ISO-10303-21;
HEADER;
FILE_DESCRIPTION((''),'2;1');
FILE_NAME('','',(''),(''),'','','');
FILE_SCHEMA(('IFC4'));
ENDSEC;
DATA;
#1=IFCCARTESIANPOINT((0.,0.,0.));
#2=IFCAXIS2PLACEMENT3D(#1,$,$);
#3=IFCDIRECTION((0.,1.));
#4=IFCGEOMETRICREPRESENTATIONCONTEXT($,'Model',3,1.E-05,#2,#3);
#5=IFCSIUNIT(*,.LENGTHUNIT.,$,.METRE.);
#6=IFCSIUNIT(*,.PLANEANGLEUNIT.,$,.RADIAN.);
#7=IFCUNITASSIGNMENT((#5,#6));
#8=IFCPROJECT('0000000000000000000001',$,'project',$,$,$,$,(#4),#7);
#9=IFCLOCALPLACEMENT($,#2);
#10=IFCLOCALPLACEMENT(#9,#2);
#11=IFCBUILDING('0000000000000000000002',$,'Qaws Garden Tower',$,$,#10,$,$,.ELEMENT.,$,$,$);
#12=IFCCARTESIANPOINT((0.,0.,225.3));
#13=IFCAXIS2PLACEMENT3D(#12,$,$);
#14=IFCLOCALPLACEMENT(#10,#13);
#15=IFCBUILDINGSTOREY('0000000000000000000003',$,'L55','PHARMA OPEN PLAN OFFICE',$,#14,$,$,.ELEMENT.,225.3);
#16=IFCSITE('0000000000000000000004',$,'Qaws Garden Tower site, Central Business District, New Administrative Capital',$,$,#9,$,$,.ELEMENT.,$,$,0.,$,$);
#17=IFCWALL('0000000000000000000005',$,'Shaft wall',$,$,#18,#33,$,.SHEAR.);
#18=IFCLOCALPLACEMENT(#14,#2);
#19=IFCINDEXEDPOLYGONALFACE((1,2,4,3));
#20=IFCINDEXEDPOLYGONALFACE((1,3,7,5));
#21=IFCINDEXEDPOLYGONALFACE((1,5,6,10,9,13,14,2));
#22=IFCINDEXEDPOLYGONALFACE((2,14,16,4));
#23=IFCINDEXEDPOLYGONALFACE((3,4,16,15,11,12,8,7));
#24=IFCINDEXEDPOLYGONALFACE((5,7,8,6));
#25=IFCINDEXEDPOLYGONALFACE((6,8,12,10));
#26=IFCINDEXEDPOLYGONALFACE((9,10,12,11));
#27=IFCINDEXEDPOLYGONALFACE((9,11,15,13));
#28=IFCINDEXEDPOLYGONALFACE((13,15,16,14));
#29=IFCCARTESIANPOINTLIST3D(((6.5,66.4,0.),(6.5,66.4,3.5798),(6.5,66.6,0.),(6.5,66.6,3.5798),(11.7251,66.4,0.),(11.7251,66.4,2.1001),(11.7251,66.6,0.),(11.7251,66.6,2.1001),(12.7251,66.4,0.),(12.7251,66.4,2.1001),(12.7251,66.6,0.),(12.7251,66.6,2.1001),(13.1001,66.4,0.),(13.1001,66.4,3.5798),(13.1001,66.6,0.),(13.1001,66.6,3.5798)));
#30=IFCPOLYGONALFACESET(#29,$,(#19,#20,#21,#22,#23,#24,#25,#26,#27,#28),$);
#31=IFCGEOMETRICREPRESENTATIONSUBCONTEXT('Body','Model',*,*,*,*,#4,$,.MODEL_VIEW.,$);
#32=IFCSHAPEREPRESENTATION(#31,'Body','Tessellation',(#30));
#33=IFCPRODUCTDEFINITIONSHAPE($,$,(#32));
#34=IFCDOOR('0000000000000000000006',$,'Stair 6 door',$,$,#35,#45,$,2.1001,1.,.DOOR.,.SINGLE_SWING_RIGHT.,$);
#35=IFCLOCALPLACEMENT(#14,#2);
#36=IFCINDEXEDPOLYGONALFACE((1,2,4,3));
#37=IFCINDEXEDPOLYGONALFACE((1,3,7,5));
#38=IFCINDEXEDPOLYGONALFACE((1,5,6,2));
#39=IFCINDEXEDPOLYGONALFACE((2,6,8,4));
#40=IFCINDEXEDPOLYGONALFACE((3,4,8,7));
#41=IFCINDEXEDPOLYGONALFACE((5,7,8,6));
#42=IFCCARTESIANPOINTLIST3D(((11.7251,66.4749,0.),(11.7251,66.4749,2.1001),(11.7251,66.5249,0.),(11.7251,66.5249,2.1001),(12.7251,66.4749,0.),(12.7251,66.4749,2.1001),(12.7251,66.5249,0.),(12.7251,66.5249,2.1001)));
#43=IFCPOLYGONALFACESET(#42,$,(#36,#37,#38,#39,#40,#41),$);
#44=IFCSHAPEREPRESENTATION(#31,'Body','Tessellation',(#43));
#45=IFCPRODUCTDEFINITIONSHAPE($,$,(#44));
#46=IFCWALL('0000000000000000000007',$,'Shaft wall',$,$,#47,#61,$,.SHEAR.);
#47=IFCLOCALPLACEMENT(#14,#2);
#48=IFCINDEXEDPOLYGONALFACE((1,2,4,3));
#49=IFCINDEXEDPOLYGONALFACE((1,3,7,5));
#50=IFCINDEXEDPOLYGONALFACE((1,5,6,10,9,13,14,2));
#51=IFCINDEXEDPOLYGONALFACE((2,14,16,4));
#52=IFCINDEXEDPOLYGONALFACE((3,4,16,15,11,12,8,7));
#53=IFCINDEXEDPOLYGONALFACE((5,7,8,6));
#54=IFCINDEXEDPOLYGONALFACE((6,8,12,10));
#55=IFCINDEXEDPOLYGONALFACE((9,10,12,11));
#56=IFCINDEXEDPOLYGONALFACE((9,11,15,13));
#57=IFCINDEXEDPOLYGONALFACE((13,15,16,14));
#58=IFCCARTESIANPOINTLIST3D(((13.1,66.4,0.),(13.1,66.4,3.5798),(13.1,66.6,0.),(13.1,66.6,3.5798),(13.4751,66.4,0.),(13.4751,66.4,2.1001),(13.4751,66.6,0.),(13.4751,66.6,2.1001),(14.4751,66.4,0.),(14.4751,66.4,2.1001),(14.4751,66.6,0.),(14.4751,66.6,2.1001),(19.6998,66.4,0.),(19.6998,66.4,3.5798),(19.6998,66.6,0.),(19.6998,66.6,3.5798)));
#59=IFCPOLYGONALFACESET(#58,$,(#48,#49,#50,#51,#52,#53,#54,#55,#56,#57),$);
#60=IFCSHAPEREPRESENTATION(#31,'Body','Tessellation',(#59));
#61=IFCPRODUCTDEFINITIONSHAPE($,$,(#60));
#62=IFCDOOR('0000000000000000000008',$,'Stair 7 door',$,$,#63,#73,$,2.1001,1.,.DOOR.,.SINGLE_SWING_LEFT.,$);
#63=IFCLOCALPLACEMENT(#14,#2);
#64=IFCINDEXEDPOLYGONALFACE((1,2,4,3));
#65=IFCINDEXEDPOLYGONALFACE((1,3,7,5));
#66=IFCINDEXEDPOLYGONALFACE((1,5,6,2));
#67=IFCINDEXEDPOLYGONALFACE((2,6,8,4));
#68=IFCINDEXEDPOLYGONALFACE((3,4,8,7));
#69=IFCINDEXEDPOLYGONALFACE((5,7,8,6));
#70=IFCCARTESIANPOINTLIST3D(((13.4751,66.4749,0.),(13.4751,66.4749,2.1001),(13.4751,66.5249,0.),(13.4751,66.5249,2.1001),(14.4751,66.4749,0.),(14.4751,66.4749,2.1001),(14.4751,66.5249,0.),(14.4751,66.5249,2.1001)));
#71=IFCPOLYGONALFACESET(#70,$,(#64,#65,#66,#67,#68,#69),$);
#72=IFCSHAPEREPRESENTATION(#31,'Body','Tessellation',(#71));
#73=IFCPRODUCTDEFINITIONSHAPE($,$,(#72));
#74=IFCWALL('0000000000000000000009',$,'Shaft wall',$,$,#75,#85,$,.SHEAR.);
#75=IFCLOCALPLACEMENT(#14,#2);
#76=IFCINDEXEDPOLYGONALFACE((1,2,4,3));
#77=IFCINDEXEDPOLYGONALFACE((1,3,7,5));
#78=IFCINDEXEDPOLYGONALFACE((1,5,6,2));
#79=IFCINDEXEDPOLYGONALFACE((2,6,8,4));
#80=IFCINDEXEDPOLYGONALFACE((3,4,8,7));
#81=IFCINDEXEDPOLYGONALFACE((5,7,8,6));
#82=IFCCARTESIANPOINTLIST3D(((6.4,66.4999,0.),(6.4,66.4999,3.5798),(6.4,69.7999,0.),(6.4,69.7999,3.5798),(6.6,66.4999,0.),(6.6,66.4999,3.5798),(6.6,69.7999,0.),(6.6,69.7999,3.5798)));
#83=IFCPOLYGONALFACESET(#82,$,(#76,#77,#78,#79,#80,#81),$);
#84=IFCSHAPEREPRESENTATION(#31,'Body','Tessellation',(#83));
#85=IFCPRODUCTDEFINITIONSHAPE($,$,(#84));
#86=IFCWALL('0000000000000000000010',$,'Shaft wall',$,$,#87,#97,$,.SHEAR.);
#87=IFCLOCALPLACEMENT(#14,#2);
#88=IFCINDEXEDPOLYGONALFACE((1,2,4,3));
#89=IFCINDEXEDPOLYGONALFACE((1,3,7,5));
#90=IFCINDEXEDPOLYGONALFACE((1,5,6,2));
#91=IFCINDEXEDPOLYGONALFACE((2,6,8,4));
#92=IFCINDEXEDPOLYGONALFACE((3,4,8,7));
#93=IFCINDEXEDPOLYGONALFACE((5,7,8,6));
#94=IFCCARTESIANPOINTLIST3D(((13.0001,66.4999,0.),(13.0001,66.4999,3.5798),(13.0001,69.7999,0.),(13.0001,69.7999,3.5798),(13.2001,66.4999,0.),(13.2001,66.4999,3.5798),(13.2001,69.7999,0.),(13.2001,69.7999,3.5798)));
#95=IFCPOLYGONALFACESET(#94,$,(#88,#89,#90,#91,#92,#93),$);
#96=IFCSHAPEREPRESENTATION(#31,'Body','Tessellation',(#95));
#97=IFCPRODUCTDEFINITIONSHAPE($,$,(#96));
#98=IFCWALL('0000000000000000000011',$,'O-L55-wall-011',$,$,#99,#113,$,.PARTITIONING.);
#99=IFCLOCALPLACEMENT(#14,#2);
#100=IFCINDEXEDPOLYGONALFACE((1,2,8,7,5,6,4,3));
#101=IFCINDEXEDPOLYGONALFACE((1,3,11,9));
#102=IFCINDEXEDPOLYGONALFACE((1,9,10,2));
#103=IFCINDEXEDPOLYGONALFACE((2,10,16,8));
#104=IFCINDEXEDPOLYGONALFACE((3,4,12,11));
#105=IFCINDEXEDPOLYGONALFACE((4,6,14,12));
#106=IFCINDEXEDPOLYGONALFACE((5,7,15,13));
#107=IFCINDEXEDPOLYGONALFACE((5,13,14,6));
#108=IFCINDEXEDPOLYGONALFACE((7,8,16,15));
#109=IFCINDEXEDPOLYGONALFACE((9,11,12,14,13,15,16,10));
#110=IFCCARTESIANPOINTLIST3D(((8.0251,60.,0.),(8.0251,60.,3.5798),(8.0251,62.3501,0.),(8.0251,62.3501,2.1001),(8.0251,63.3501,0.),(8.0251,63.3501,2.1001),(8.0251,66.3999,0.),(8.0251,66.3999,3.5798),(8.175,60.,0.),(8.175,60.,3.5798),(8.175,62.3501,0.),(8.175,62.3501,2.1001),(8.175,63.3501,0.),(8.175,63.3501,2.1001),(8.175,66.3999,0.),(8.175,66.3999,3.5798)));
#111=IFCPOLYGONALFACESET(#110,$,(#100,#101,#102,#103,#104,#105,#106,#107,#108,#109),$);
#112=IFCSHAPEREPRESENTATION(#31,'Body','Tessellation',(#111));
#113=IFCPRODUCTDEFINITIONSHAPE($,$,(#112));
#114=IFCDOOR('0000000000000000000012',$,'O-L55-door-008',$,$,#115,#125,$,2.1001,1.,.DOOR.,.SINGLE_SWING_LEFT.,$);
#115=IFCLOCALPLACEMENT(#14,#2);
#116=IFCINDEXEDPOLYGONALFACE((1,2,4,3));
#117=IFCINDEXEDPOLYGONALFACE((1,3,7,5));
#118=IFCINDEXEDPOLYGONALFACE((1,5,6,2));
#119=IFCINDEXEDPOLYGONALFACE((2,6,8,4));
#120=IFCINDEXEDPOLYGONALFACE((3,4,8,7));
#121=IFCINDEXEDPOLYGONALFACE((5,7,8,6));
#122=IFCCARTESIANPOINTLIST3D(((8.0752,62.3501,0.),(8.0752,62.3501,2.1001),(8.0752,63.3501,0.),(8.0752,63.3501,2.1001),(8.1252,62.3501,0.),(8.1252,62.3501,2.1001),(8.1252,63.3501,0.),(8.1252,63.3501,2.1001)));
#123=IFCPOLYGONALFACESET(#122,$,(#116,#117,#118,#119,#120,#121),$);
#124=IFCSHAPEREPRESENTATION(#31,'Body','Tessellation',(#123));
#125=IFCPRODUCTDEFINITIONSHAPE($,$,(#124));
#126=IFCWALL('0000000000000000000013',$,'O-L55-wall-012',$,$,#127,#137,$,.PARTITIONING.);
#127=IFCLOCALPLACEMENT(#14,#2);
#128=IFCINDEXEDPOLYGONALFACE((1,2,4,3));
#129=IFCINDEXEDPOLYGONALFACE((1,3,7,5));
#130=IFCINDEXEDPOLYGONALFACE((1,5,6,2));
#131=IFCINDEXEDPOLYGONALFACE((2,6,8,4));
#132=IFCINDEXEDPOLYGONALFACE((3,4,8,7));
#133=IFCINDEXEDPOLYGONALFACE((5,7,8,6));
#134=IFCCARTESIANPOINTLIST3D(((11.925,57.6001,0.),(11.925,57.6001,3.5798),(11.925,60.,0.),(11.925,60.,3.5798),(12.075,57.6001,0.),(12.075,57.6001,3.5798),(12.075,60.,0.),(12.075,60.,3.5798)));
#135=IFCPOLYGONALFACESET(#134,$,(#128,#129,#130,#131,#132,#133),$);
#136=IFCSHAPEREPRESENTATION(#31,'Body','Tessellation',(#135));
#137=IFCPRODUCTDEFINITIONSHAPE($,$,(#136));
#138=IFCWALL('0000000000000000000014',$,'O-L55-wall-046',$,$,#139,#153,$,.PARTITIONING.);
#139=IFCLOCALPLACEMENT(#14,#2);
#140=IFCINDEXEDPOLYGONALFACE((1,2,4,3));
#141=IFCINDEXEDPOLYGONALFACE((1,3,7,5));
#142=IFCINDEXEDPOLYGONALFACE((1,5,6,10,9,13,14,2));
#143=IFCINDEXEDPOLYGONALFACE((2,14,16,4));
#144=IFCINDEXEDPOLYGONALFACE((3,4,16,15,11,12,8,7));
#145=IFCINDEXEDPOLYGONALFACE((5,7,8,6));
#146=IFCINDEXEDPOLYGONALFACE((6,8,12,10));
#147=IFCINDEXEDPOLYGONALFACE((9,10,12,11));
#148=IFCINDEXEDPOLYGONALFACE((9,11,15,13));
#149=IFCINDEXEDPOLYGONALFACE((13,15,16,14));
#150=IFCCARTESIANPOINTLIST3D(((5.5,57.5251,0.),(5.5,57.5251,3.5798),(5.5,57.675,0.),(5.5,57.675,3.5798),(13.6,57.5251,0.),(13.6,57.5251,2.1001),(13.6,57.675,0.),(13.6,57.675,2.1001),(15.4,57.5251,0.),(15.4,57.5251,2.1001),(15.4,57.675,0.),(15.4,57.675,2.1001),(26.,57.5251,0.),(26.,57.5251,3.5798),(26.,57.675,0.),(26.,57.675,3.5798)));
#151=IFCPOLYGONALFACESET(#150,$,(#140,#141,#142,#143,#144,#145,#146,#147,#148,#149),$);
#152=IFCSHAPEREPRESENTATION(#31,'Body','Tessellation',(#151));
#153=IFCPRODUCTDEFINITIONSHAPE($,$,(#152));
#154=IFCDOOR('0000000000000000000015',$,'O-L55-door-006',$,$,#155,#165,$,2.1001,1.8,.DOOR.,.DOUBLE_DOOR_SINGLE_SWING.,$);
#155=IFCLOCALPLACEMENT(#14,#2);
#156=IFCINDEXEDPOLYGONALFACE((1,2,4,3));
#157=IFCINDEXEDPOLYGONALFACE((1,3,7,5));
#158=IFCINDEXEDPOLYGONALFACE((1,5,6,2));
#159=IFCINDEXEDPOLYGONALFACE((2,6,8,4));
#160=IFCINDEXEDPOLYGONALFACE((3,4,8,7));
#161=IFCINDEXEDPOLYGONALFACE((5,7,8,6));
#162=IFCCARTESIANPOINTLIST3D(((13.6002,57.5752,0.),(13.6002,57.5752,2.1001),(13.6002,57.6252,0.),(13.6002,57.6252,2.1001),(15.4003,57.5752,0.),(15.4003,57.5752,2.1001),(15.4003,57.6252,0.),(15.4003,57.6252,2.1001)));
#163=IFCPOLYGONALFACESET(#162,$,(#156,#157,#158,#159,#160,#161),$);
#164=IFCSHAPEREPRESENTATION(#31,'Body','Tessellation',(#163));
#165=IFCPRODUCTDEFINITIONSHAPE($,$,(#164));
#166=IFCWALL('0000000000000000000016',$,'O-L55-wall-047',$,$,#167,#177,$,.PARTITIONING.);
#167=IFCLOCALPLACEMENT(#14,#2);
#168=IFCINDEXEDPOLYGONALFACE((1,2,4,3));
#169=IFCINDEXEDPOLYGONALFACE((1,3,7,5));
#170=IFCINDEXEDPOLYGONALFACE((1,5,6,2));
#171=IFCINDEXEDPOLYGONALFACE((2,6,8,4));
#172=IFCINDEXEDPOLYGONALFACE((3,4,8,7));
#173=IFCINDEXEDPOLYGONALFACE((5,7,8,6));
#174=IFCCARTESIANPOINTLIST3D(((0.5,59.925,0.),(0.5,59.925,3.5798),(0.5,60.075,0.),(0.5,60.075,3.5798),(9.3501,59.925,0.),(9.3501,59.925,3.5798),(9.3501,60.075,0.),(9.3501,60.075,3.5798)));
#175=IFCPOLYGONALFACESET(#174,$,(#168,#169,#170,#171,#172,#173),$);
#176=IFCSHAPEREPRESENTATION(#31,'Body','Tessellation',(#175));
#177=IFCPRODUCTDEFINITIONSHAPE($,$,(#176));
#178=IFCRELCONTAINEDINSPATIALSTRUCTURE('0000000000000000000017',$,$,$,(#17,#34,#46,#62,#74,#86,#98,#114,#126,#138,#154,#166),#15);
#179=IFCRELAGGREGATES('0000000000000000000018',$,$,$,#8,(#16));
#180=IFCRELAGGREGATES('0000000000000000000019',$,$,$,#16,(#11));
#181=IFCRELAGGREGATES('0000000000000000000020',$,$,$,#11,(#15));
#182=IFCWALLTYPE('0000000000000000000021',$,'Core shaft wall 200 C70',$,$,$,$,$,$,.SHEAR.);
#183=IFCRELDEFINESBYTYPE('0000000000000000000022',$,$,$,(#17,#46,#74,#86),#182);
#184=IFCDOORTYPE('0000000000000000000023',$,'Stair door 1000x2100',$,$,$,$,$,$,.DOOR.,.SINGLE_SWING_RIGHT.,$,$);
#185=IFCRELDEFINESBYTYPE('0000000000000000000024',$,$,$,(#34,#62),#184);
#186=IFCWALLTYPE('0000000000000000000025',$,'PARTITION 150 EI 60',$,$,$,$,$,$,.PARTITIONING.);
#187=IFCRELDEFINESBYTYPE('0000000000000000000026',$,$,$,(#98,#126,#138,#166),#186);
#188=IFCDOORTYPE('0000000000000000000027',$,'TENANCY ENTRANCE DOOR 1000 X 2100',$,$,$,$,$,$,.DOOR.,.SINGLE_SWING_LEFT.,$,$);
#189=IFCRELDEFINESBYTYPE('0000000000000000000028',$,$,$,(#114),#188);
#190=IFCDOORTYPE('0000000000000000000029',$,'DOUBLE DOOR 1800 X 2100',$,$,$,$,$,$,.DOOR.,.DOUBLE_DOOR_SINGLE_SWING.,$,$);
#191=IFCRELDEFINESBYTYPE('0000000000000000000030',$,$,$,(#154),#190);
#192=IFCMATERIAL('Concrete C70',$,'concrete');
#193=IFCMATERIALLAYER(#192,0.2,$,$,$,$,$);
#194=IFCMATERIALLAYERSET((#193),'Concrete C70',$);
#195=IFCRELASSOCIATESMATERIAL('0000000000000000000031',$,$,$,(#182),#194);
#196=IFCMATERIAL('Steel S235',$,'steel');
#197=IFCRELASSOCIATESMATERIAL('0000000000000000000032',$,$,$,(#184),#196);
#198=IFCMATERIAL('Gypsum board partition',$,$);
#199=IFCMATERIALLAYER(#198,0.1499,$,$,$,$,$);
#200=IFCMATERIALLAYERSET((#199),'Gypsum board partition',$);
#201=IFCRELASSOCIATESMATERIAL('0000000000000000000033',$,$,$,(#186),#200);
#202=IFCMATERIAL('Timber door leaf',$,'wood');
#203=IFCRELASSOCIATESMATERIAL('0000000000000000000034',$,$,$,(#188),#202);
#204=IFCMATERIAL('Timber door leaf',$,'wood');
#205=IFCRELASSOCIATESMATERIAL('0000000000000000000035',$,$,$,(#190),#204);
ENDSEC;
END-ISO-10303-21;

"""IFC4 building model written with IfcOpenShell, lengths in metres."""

from ifc_helpers import new_model, si_unit, direction, frame, frame_2d, origin, place, context, subcontext, project, spatial, rectangle, extrude, material, layer, layer_set, type_object, element, fill, save


model = new_model("IFC4")

# Units and contexts
model_context = context("Model", 3, precision=1e-05, world=origin(), true_north=direction((0.0, 1.0)))
body_context = subcontext(model_context, "Body", "Model", "MODEL_VIEW")
ifc_project = project(units=[si_unit("LENGTHUNIT", "METRE"), si_unit("PLANEANGLEUNIT", "RADIAN")], contexts=[model_context])

# Site, building, storey
site_placement = place(None, origin())
site = spatial("IfcSite", under=ifc_project, at=site_placement, Name="Qaws Garden Tower site, Central Business District, New Administrative Capital", CompositionType="ELEMENT", RefElevation=0.0)
building_placement = place(site_placement, origin())
building = spatial("IfcBuilding", under=site, at=building_placement, Name="Qaws Garden Tower", CompositionType="ELEMENT")
storey_placement = place(building_placement, frame((0.0, 0.0, 225.3)))
storey = spatial("IfcBuildingStorey", under=building, at=storey_placement, Name="L55", Description="PHARMA OPEN PLAN OFFICE", CompositionType="ELEMENT", Elevation=225.3)

# Walls, openings, doors
ifc_material_1 = material(Name="Concrete C70", Category="concrete")
ifc_layer_1 = layer(ifc_material_1, 0.2)
ifc_layer_set_1 = layer_set([ifc_layer_1], Name="Concrete C70")
wall_type_1 = type_object("IfcWallType", Name="Core shaft wall 200 C70", PredefinedType="SHEAR", material=ifc_layer_set_1)
wall_1_placement = place(storey_placement, frame((6.5, 66.5, 0.0), z_axis=(0.0, 0.0, 1.0), x_axis=(1.0, 0.0, 0.0)))
wall_1 = element("IfcWall", 1, at=wall_1_placement, inside=storey, type_object=wall_type_1, Name="Shaft wall", PredefinedType="SHEAR", context=body_context, shape_type="SweptSolid", body=[
    extrude(rectangle(XDim=6.6001, YDim=0.2, at=frame_2d((3.3, 0.0))), origin(), (0.0, 0.0, 1.0), 3.5798),
])
opening_1_placement = place(wall_1_placement, frame((5.2251, 0.0, 0.0)))
opening_1 = element("IfcOpeningElement", 2, at=opening_1_placement, cuts=wall_1, PredefinedType="OPENING", context=body_context, shape_type="SweptSolid", body=[
    extrude(rectangle(XDim=1.0, YDim=2.1001, at=frame_2d((0.5, 1.05))), frame((0.0, 0.1099, 0.0), z_axis=(0.0, -1.0, 0.0), x_axis=(1.0, 0.0, 0.0)), (0.0, 0.0, 1.0), 0.22),
])
ifc_material_2 = material(Name="Steel S235", Category="steel")
door_type_1 = type_object("IfcDoorType", Name="Stair door 1000x2100", OperationType="SINGLE_SWING_RIGHT", PredefinedType="DOOR", material=ifc_material_2)
door_1_placement = place(opening_1_placement, origin())
door_1 = element("IfcDoor", 3, at=door_1_placement, inside=storey, type_object=door_type_1, Name="Stair 6 door", OperationType="SINGLE_SWING_RIGHT", OverallHeight=2.1001, OverallWidth=1.0, PredefinedType="DOOR", context=body_context, shape_type="SweptSolid", body=[
    extrude(rectangle(XDim=1.0, YDim=2.1001, at=frame_2d((0.5, 1.05))), frame((0.0, 0.0249, 0.0), z_axis=(0.0, -1.0, 0.0), x_axis=(1.0, 0.0, 0.0)), (0.0, 0.0, 1.0), 0.05),
])
fill(opening_1, door_1)
wall_2_placement = place(storey_placement, frame((13.1001, 66.5, 0.0), z_axis=(0.0, 0.0, 1.0), x_axis=(1.0, 0.0, 0.0)))
wall_2 = element("IfcWall", 4, at=wall_2_placement, inside=storey, type_object=wall_type_1, Name="Shaft wall", PredefinedType="SHEAR", context=body_context, shape_type="SweptSolid", body=[
    extrude(rectangle(XDim=6.5999, YDim=0.2, at=frame_2d((3.2998, 0.0))), origin(), (0.0, 0.0, 1.0), 3.5798),
])
opening_2_placement = place(wall_2_placement, frame((0.375, 0.0, 0.0)))
opening_2 = element("IfcOpeningElement", 5, at=opening_2_placement, cuts=wall_2, PredefinedType="OPENING", context=body_context, shape_type="SweptSolid", body=[
    extrude(rectangle(XDim=1.0, YDim=2.1001, at=frame_2d((0.5, 1.05))), frame((0.0, 0.1099, 0.0), z_axis=(0.0, -1.0, 0.0), x_axis=(1.0, 0.0, 0.0)), (0.0, 0.0, 1.0), 0.22),
])
door_2_placement = place(opening_2_placement, origin())
door_2 = element("IfcDoor", 6, at=door_2_placement, inside=storey, type_object=door_type_1, Name="Stair 7 door", OperationType="SINGLE_SWING_LEFT", OverallHeight=2.1001, OverallWidth=1.0, PredefinedType="DOOR", context=body_context, shape_type="SweptSolid", body=[
    extrude(rectangle(XDim=1.0, YDim=2.1001, at=frame_2d((0.5, 1.05))), frame((0.0, 0.0249, 0.0), z_axis=(0.0, -1.0, 0.0), x_axis=(1.0, 0.0, 0.0)), (0.0, 0.0, 1.0), 0.05),
])
fill(opening_2, door_2)

# Walls
for number, where, z_axis, x_axis, name in (
    (7, (6.5, 66.5, 0.0), (0.0, 0.0, 1.0), (0.0, 1.0, 0.0), "Shaft wall"),
    (8, (13.1001, 66.5, 0.0), (0.0, 0.0, 1.0), (0.0, 1.0, 0.0), "Shaft wall"),
):
    element("IfcWall", number, at=place(storey_placement, frame(where, z_axis=z_axis, x_axis=x_axis)), inside=storey, type_object=wall_type_1, Name=name, PredefinedType="SHEAR", context=body_context, shape_type="SweptSolid", body=[
        extrude(rectangle(XDim=3.3, YDim=0.2, at=frame_2d((1.6499, 0.0))), origin(), (0.0, 0.0, 1.0), 3.5798),
    ])

# Wall, opening, door
ifc_material_3 = material(Name="Gypsum board partition")
ifc_layer_2 = layer(ifc_material_3, 0.1499)
ifc_layer_set_2 = layer_set([ifc_layer_2], Name="Gypsum board partition")
wall_type_2 = type_object("IfcWallType", Name="PARTITION 150 EI 60", PredefinedType="PARTITIONING", material=ifc_layer_set_2)
wall_3_placement = place(storey_placement, frame((8.1001, 60.0, 0.0), z_axis=(0.0, 0.0, 1.0), x_axis=(0.0, 1.0, 0.0)))
wall_3 = element("IfcWall", 9, at=wall_3_placement, inside=storey, type_object=wall_type_2, Name="O-L55-wall-011", PredefinedType="PARTITIONING", context=body_context, shape_type="SweptSolid", body=[
    extrude(rectangle(XDim=6.3999, YDim=0.1499, at=frame_2d((3.2, 0.0))), origin(), (0.0, 0.0, 1.0), 3.5798),
])
opening_3_placement = place(wall_3_placement, frame((2.3501, 0.0, 0.0)))
opening_3 = element("IfcOpeningElement", 10, at=opening_3_placement, cuts=wall_3, PredefinedType="OPENING", context=body_context, shape_type="SweptSolid", body=[
    extrude(rectangle(XDim=1.0, YDim=2.1001, at=frame_2d((0.5, 1.05))), frame((0.0, 0.085, 0.0), z_axis=(0.0, -1.0, 0.0), x_axis=(1.0, 0.0, 0.0)), (0.0, 0.0, 1.0), 0.1699),
])
ifc_material_4 = material(Name="Timber door leaf", Category="wood")
door_type_2 = type_object("IfcDoorType", Name="TENANCY ENTRANCE DOOR 1000 X 2100", OperationType="SINGLE_SWING_LEFT", PredefinedType="DOOR", material=ifc_material_4)
door_3_placement = place(opening_3_placement, origin())
door_3 = element("IfcDoor", 11, at=door_3_placement, inside=storey, type_object=door_type_2, Name="O-L55-door-008", OperationType="SINGLE_SWING_LEFT", OverallHeight=2.1001, OverallWidth=1.0, PredefinedType="DOOR", context=body_context, shape_type="SweptSolid", body=[
    extrude(rectangle(XDim=1.0, YDim=2.1001, at=frame_2d((0.5, 1.05))), frame((0.0, 0.0249, 0.0), z_axis=(0.0, -1.0, 0.0), x_axis=(1.0, 0.0, 0.0)), (0.0, 0.0, 1.0), 0.05),
])
fill(opening_3, door_3)

# Wall
wall_4_placement = place(storey_placement, frame((12.0, 57.6001, 0.0), z_axis=(0.0, 0.0, 1.0), x_axis=(0.0, 1.0, 0.0)))
element("IfcWall", 12, at=wall_4_placement, inside=storey, type_object=wall_type_2, Name="O-L55-wall-012", PredefinedType="PARTITIONING", context=body_context, shape_type="SweptSolid", body=[
    extrude(rectangle(XDim=2.3999, YDim=0.1499, at=frame_2d((1.2, 0.0))), origin(), (0.0, 0.0, 1.0), 3.5798),
])

# Wall, opening, door
wall_5_placement = place(storey_placement, frame((5.5, 57.6001, 0.0), z_axis=(0.0, 0.0, 1.0), x_axis=(1.0, 0.0, 0.0)))
wall_5 = element("IfcWall", 13, at=wall_5_placement, inside=storey, type_object=wall_type_2, Name="O-L55-wall-046", PredefinedType="PARTITIONING", context=body_context, shape_type="SweptSolid", body=[
    extrude(rectangle(XDim=20.5, YDim=0.1499, at=frame_2d((10.25, 0.0))), origin(), (0.0, 0.0, 1.0), 3.5798),
])
opening_4_placement = place(wall_5_placement, frame((8.1001, 0.0, 0.0)))
opening_4 = element("IfcOpeningElement", 14, at=opening_4_placement, cuts=wall_5, PredefinedType="OPENING", context=body_context, shape_type="SweptSolid", body=[
    extrude(rectangle(XDim=1.8, YDim=2.1001, at=frame_2d((0.8999, 1.05))), frame((0.0, 0.085, 0.0), z_axis=(0.0, -1.0, 0.0), x_axis=(1.0, 0.0, 0.0)), (0.0, 0.0, 1.0), 0.1699),
])
ifc_material_5 = material(Name="Timber door leaf", Category="wood")
door_type_3 = type_object("IfcDoorType", Name="DOUBLE DOOR 1800 X 2100", OperationType="DOUBLE_DOOR_SINGLE_SWING", PredefinedType="DOOR", material=ifc_material_5)
door_4_placement = place(opening_4_placement, frame((1.8, 0.0, 0.0), z_axis=(0.0, 0.0, 1.0), x_axis=(-1.0, 0.0, 0.0)))
door_4 = element("IfcDoor", 15, at=door_4_placement, inside=storey, type_object=door_type_3, Name="O-L55-door-006", OperationType="DOUBLE_DOOR_SINGLE_SWING", OverallHeight=2.1001, OverallWidth=1.8, PredefinedType="DOOR", context=body_context, shape_type="SweptSolid", body=[
    extrude(rectangle(XDim=1.8, YDim=2.1001, at=frame_2d((0.8999, 1.05))), frame((0.0, 0.0249, 0.0), z_axis=(0.0, -1.0, 0.0), x_axis=(1.0, 0.0, 0.0)), (0.0, 0.0, 1.0), 0.05),
])
fill(opening_4, door_4)

# Wall
wall_6_placement = place(storey_placement, frame((0.5, 60.0, 0.0), z_axis=(0.0, 0.0, 1.0), x_axis=(1.0, 0.0, 0.0)))
element("IfcWall", 16, at=wall_6_placement, inside=storey, type_object=wall_type_2, Name="O-L55-wall-047", PredefinedType="PARTITIONING", context=body_context, shape_type="SweptSolid", body=[
    extrude(rectangle(XDim=8.8501, YDim=0.1499, at=frame_2d((4.425, 0.0))), origin(), (0.0, 0.0, 1.0), 3.5798),
])

save(model, "model.ifc")
